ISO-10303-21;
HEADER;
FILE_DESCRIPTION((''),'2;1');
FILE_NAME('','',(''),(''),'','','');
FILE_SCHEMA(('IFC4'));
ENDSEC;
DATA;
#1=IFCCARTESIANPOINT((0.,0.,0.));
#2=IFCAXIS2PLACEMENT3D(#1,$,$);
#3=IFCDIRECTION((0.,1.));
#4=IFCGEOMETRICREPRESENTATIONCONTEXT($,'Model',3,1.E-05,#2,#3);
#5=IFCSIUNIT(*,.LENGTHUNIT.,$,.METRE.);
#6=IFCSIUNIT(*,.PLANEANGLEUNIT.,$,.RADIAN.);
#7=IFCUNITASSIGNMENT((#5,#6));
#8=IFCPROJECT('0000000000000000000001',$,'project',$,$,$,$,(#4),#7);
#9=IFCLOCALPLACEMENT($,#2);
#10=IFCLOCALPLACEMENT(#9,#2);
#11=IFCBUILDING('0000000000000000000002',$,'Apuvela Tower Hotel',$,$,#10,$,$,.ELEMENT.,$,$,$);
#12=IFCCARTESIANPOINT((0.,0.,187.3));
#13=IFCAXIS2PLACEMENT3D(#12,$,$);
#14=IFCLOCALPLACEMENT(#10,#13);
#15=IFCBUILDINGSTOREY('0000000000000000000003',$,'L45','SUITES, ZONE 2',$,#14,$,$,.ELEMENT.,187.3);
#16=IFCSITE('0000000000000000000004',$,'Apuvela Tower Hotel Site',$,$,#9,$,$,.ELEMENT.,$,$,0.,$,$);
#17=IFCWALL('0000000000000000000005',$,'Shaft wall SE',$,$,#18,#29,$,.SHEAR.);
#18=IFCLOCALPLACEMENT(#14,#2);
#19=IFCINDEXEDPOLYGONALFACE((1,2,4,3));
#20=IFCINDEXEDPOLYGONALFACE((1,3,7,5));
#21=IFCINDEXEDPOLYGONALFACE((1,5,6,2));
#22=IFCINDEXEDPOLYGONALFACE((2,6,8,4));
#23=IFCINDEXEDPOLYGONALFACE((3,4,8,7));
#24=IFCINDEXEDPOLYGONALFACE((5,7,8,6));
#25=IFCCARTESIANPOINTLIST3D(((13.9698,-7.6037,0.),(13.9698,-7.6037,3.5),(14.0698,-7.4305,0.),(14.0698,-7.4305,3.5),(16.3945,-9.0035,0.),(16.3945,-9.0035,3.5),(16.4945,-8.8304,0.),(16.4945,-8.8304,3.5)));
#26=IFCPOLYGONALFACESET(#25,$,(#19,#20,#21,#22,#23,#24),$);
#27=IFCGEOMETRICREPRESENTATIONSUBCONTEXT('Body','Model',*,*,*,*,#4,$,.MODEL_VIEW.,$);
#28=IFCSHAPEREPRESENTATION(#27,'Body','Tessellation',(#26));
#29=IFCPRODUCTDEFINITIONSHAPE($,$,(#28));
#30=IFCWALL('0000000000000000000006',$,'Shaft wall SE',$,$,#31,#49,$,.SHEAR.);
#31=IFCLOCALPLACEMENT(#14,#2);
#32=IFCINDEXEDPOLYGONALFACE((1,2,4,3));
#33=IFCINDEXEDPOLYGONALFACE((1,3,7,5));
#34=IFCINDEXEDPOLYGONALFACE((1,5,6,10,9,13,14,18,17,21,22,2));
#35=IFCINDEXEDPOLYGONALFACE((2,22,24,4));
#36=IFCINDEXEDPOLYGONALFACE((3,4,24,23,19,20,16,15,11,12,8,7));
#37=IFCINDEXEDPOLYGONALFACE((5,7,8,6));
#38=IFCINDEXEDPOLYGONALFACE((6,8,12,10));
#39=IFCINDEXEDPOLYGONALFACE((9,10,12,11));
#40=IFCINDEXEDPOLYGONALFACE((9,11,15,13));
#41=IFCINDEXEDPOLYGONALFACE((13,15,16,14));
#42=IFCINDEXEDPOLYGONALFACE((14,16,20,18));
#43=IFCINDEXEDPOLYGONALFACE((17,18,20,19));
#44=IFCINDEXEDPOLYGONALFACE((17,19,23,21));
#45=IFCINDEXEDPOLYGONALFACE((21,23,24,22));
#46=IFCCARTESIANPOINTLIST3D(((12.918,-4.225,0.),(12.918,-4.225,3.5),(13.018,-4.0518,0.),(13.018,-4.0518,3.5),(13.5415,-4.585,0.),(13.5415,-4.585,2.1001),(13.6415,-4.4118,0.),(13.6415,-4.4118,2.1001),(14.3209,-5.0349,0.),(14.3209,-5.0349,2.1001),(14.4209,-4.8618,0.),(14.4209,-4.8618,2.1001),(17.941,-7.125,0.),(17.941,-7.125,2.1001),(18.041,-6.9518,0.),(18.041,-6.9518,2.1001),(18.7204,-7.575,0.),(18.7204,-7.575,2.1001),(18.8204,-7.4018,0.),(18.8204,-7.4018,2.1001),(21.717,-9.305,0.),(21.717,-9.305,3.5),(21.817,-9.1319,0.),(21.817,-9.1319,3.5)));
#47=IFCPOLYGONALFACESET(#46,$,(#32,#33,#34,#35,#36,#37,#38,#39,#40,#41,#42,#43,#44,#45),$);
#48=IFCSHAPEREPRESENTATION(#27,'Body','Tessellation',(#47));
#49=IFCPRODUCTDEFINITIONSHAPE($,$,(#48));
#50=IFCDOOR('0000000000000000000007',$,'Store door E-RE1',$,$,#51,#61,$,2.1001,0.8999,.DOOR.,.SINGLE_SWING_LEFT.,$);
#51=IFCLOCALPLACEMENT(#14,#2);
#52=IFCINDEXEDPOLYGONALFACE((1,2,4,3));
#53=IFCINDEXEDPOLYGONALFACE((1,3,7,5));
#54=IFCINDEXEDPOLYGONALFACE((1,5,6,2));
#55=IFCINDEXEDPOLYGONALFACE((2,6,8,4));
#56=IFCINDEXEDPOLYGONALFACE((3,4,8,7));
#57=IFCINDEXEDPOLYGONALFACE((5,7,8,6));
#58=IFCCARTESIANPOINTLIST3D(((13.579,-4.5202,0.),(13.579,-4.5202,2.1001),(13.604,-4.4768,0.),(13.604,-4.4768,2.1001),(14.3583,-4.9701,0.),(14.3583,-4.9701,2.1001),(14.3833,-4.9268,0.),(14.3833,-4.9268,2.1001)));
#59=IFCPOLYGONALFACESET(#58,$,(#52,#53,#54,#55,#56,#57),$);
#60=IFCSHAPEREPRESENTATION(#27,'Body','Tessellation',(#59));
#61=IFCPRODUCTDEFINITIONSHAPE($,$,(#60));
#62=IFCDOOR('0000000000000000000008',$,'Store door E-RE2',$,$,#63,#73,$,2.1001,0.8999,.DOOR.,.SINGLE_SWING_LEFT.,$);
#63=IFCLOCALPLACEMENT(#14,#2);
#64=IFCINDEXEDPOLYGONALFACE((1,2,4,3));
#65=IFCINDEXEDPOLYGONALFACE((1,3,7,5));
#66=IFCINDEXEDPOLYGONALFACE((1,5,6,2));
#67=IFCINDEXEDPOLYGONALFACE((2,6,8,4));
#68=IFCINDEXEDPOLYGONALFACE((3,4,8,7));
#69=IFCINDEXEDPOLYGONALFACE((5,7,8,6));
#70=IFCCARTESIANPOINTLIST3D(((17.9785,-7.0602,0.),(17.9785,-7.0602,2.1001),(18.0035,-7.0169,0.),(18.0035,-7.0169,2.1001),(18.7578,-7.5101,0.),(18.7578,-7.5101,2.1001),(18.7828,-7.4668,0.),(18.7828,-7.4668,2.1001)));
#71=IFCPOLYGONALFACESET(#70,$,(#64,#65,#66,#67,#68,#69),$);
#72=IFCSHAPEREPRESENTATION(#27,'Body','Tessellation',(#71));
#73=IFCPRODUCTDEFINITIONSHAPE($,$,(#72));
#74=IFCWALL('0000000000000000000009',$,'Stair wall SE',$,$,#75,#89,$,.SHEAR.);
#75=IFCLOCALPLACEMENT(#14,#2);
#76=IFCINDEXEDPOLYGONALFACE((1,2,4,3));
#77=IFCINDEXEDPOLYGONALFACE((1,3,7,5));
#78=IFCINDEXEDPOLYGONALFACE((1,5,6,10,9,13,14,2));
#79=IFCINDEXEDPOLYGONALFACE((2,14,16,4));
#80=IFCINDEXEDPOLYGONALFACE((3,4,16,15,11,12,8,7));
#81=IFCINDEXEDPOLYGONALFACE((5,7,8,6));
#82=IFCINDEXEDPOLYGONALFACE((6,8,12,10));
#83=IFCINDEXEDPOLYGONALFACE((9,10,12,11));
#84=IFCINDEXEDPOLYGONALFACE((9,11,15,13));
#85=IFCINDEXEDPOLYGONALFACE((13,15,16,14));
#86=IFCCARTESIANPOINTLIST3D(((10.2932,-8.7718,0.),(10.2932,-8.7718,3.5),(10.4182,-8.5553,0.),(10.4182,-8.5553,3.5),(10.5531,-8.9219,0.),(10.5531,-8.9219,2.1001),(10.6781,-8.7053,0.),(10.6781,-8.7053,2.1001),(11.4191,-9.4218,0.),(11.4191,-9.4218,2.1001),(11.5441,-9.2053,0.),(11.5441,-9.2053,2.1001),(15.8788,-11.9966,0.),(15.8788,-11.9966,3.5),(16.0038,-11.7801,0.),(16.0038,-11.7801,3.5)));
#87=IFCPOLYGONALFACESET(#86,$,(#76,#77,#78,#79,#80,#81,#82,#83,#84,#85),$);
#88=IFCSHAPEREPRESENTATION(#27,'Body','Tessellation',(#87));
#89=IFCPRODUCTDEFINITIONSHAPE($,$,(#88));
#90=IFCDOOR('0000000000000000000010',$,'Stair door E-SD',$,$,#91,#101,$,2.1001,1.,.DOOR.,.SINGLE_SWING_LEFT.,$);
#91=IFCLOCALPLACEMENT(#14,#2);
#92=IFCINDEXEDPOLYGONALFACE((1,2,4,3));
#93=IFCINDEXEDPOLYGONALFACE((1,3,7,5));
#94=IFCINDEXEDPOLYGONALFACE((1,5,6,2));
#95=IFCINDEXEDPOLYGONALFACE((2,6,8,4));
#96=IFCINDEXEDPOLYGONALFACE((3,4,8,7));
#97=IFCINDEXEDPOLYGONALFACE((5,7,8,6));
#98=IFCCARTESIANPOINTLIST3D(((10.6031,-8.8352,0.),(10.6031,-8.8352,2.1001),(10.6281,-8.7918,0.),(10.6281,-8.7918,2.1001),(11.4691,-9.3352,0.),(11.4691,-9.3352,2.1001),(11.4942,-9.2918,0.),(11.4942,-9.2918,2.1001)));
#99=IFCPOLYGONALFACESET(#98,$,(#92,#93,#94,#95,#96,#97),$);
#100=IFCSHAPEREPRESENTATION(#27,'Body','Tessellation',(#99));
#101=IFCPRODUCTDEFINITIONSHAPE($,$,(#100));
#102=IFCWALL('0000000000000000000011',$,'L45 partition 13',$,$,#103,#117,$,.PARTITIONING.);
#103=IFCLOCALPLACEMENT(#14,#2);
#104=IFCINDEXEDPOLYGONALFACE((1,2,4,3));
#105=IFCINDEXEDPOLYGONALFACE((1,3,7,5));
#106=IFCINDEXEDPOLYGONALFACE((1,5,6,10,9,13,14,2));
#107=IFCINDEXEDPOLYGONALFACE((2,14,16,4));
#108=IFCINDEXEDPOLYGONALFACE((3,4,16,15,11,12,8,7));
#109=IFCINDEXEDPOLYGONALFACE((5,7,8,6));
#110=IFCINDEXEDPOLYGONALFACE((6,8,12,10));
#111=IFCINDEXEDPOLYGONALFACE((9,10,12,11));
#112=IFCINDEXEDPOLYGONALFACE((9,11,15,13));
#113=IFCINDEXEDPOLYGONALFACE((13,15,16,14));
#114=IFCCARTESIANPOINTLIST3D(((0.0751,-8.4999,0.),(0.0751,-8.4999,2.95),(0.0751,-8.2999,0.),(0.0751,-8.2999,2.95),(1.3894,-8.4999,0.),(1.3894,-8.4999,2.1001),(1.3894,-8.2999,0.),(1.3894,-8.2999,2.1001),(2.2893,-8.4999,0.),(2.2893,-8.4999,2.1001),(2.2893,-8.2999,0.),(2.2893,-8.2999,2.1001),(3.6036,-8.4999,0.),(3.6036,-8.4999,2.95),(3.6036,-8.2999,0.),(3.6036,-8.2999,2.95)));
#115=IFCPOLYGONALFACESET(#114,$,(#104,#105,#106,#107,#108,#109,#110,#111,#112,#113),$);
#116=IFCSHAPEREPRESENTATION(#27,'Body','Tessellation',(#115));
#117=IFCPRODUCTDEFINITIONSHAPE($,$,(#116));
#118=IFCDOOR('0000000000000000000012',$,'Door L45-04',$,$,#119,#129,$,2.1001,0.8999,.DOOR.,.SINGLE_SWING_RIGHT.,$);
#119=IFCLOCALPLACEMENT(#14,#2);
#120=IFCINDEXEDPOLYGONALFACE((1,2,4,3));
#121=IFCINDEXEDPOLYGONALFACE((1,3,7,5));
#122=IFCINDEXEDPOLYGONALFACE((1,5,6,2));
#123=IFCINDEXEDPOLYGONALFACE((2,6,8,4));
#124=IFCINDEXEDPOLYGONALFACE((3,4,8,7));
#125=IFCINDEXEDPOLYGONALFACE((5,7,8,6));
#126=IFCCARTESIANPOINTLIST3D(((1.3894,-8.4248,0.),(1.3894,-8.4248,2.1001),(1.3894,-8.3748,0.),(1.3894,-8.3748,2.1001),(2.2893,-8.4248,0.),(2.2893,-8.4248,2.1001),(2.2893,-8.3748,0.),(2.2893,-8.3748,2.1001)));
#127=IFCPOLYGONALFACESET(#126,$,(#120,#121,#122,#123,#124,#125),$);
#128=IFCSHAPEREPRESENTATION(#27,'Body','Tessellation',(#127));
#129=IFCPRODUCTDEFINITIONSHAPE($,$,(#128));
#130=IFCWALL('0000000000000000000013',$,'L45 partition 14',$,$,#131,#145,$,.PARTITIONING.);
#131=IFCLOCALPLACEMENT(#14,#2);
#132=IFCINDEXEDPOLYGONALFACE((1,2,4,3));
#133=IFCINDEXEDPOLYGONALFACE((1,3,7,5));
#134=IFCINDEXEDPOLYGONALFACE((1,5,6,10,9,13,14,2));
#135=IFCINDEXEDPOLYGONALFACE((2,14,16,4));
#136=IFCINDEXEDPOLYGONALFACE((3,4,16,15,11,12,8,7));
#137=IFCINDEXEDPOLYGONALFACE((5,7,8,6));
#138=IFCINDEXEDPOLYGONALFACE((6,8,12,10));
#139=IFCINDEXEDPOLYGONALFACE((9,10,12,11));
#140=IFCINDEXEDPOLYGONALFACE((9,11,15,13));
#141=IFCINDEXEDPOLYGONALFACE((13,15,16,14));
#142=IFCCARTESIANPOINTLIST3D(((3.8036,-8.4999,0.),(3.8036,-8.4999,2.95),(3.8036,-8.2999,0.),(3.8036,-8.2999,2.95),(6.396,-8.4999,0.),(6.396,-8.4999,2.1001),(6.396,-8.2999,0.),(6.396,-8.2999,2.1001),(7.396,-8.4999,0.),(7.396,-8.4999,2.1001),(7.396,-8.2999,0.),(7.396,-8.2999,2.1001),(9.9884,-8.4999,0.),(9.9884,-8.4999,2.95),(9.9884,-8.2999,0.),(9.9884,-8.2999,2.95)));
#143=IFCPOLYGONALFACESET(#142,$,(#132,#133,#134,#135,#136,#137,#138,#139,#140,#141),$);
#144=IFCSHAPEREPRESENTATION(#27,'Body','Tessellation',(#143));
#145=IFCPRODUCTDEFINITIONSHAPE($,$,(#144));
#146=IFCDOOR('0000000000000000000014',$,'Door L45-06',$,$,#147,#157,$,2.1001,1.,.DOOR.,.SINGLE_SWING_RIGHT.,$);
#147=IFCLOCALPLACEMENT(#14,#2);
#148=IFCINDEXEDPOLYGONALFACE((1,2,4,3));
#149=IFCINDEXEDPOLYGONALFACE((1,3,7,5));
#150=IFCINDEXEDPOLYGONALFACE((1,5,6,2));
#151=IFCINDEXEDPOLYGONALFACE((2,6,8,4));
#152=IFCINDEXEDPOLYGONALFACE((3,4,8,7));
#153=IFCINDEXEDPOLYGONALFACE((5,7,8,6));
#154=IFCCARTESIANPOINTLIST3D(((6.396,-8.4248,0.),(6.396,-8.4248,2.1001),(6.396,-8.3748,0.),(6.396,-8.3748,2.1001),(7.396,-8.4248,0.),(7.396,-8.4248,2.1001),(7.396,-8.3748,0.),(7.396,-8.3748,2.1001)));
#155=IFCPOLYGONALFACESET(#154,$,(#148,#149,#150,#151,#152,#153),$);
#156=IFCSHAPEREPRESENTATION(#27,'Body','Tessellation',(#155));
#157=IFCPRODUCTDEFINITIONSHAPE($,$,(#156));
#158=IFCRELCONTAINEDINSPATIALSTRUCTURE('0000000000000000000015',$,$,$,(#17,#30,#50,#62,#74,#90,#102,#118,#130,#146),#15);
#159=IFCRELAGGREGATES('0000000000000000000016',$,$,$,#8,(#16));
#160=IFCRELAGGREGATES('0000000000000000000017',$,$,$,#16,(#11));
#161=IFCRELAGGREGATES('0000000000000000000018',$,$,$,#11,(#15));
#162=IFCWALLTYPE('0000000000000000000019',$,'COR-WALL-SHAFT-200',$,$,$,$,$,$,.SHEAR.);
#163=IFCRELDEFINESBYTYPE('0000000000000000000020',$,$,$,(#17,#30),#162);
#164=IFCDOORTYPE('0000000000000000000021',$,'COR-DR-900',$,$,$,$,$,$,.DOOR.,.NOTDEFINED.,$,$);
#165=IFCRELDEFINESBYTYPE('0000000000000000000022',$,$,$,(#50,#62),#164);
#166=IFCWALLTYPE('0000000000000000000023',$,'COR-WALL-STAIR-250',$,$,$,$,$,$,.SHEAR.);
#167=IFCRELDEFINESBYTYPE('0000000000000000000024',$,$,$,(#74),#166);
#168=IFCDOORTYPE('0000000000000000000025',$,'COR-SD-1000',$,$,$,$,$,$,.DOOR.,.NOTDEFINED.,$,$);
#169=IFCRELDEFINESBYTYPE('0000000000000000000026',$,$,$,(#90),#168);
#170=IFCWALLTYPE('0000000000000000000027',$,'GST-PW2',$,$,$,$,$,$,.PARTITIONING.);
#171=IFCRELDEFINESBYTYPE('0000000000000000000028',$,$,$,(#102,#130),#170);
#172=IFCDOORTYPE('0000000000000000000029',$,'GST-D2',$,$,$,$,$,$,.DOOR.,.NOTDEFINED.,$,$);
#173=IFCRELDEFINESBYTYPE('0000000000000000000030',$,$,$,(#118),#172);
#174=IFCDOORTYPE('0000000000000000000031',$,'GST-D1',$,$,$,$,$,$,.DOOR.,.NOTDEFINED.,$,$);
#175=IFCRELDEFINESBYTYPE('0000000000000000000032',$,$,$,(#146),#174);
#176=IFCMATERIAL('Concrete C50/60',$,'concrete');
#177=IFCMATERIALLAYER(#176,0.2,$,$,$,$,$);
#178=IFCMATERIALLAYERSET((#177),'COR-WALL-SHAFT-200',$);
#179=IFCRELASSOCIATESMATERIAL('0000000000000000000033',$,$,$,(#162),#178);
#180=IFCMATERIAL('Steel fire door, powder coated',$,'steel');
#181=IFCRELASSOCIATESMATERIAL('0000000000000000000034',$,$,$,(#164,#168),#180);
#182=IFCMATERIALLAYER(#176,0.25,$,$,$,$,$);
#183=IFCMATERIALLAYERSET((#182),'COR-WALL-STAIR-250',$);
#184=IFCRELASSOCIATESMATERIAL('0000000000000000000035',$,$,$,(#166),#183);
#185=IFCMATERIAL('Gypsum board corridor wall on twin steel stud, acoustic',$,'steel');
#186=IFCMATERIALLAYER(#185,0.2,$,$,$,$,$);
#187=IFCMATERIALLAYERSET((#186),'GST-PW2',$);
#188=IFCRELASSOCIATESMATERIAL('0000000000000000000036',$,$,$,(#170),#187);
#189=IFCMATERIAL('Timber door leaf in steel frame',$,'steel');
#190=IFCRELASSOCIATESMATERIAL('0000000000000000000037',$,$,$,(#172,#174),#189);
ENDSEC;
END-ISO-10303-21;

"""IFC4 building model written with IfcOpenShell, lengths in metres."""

from ifc_helpers import new_model, si_unit, direction, frame, frame_2d, origin, place, context, subcontext, project, spatial, rectangle, extrude, material, layer, layer_set, type_object, element, fill, save


model = new_model("IFC4")

# Units and contexts
model_context = context("Model", 3, precision=1e-05, world=origin(), true_north=direction((0.0, 1.0)))
body_context = subcontext(model_context, "Body", "Model", "MODEL_VIEW")
ifc_project = project(units=[si_unit("LENGTHUNIT", "METRE"), si_unit("PLANEANGLEUNIT", "RADIAN")], contexts=[model_context])

# Site, building, storey
site_placement = place(None, origin())
site = spatial("IfcSite", under=ifc_project, at=site_placement, Name="Apuvela Tower Hotel Site", CompositionType="ELEMENT", RefElevation=0.0)
building_placement = place(site_placement, origin())
building = spatial("IfcBuilding", under=site, at=building_placement, Name="Apuvela Tower Hotel", CompositionType="ELEMENT")
storey_placement = place(building_placement, frame((0.0, 0.0, 187.3)))
storey = spatial("IfcBuildingStorey", under=building, at=storey_placement, Name="L45", Description="SUITES, ZONE 2", CompositionType="ELEMENT", Elevation=187.3)

# Shared definitions
ifc_material_1 = material(Name="Concrete C50/60", Category="concrete")
ifc_material_2 = material(Name="Steel fire door, powder coated", Category="steel")

# Shared definitions
ifc_layer_1 = layer(ifc_material_1, 0.2)
ifc_layer_set_1 = layer_set([ifc_layer_1], Name="COR-WALL-SHAFT-200")
wall_type_1 = type_object("IfcWallType", Name="COR-WALL-SHAFT-200", PredefinedType="SHEAR", material=ifc_layer_set_1)

# Wall
wall_1_placement = place(storey_placement, frame((14.0198, -7.5171, 0.0), z_axis=(0.0, 0.0, 1.0), x_axis=(0.866035, -0.499984, 0.0)))
element("IfcWall", 1, at=wall_1_placement, inside=storey, type_object=wall_type_1, Name="Shaft wall SE", PredefinedType="SHEAR", context=body_context, shape_type="SweptSolid", body=[
    extrude(rectangle(XDim=2.7998, YDim=0.2, at=frame_2d((1.3999, 0.0))), origin(), (0.0, 0.0, 1.0), 3.5),
])

# Wall, openings, doors
wall_2_placement = place(storey_placement, frame((12.968, -4.1384, 0.0), z_axis=(0.0, 0.0, 1.0), x_axis=(0.866028, -0.499995, 0.0)))
wall_2 = element("IfcWall", 2, at=wall_2_placement, inside=storey, type_object=wall_type_1, Name="Shaft wall SE", PredefinedType="SHEAR", context=body_context, shape_type="SweptSolid", body=[
    extrude(rectangle(XDim=10.1602, YDim=0.2, at=frame_2d((5.0801, 0.0))), origin(), (0.0, 0.0, 1.0), 3.5),
])
opening_1_placement = place(wall_2_placement, frame((0.72, 0.0, 0.0)))
opening_1 = element("IfcOpeningElement", 3, at=opening_1_placement, cuts=wall_2, PredefinedType="OPENING", context=body_context, shape_type="SweptSolid", body=[
    extrude(rectangle(XDim=0.8999, YDim=2.1001, at=frame_2d((0.45, 1.05))), frame((0.0, 0.1099, 0.0), z_axis=(0.0, -1.0, 0.0), x_axis=(1.0, 0.0, 0.0)), (0.0, 0.0, 1.0), 0.22),
])
opening_2_placement = place(wall_2_placement, frame((5.8, 0.0, 0.0)))
opening_2 = element("IfcOpeningElement", 4, at=opening_2_placement, cuts=wall_2, PredefinedType="OPENING", context=body_context, shape_type="SweptSolid", body=[
    extrude(rectangle(XDim=0.8999, YDim=2.1001, at=frame_2d((0.45, 1.05))), frame((0.0, 0.1099, 0.0), z_axis=(0.0, -1.0, 0.0), x_axis=(1.0, 0.0, 0.0)), (0.0, 0.0, 1.0), 0.22),
])
door_type_1 = type_object("IfcDoorType", Name="COR-DR-900", OperationType="NOTDEFINED", PredefinedType="DOOR", material=ifc_material_2)
door_1_placement = place(opening_1_placement, origin())
door_1 = element("IfcDoor", 5, at=door_1_placement, inside=storey, type_object=door_type_1, Name="Store door E-RE1", OperationType="SINGLE_SWING_LEFT", OverallHeight=2.1001, OverallWidth=0.8999, PredefinedType="DOOR", context=body_context, shape_type="SweptSolid", body=[
    extrude(rectangle(XDim=0.8999, YDim=2.1001, at=frame_2d((0.45, 1.05))), frame((0.0, 0.0249, 0.0), z_axis=(0.0, -1.0, 0.0), x_axis=(1.0, 0.0, 0.0)), (0.0, 0.0, 1.0), 0.05),
])
fill(opening_1, door_1)
door_2_placement = place(opening_2_placement, origin())
door_2 = element("IfcDoor", 6, at=door_2_placement, inside=storey, type_object=door_type_1, Name="Store door E-RE2", OperationType="SINGLE_SWING_LEFT", OverallHeight=2.1001, OverallWidth=0.8999, PredefinedType="DOOR", context=body_context, shape_type="SweptSolid", body=[
    extrude(rectangle(XDim=0.8999, YDim=2.1001, at=frame_2d((0.45, 1.05))), frame((0.0, 0.0249, 0.0), z_axis=(0.0, -1.0, 0.0), x_axis=(1.0, 0.0, 0.0)), (0.0, 0.0, 1.0), 0.05),
])
fill(opening_2, door_2)

# Walls, openings, doors
ifc_layer_2 = layer(ifc_material_1, 0.25)
ifc_layer_set_2 = layer_set([ifc_layer_2], Name="COR-WALL-STAIR-250")
wall_type_2 = type_object("IfcWallType", Name="COR-WALL-STAIR-250", PredefinedType="SHEAR", material=ifc_layer_set_2)
wall_3_placement = place(storey_placement, frame((10.3557, -8.6636, 0.0), z_axis=(0.0, 0.0, 1.0), x_axis=(0.866029, -0.499994, 0.0)))
wall_3 = element("IfcWall", 7, at=wall_3_placement, inside=storey, type_object=wall_type_2, Name="Stair wall SE", PredefinedType="SHEAR", context=body_context, shape_type="SweptSolid", body=[
    extrude(rectangle(XDim=6.4497, YDim=0.25, at=frame_2d((3.2249, 0.0))), origin(), (0.0, 0.0, 1.0), 3.5),
])
opening_3_placement = place(wall_3_placement, frame((0.3, 0.0, 0.0)))
opening_3 = element("IfcOpeningElement", 8, at=opening_3_placement, cuts=wall_3, PredefinedType="OPENING", context=body_context, shape_type="SweptSolid", body=[
    extrude(rectangle(XDim=1.0, YDim=2.1001, at=frame_2d((0.5, 1.05))), frame((0.0, 0.135, 0.0), z_axis=(0.0, -1.0, 0.0), x_axis=(1.0, 0.0, 0.0)), (0.0, 0.0, 1.0), 0.27),
])
door_type_2 = type_object("IfcDoorType", Name="COR-SD-1000", OperationType="NOTDEFINED", PredefinedType="DOOR", material=ifc_material_2)
door_3_placement = place(opening_3_placement, frame((1.0, 0.0, 0.0), z_axis=(0.0, 0.0, 1.0), x_axis=(-1.0, 0.0, 0.0)))
door_3 = element("IfcDoor", 9, at=door_3_placement, inside=storey, type_object=door_type_2, Name="Stair door E-SD", OperationType="SINGLE_SWING_LEFT", OverallHeight=2.1001, OverallWidth=1.0, PredefinedType="DOOR", context=body_context, shape_type="SweptSolid", body=[
    extrude(rectangle(XDim=1.0, YDim=2.1001, at=frame_2d((0.5, 1.05))), frame((0.0, 0.0249, 0.0), z_axis=(0.0, -1.0, 0.0), x_axis=(1.0, 0.0, 0.0)), (0.0, 0.0, 1.0), 0.05),
])
fill(opening_3, door_3)
ifc_material_3 = material(Name="Gypsum board corridor wall on twin steel stud, acoustic", Category="steel")
ifc_layer_3 = layer(ifc_material_3, 0.2)
ifc_layer_set_3 = layer_set([ifc_layer_3], Name="GST-PW2")
wall_type_3 = type_object("IfcWallType", Name="GST-PW2", PredefinedType="PARTITIONING", material=ifc_layer_set_3)
wall_4_placement = place(storey_placement, frame((3.6035, -8.3999, 0.0), z_axis=(0.0, 0.0, 1.0), x_axis=(-1.0, 0.0, 0.0)))
wall_4 = element("IfcWall", 10, at=wall_4_placement, inside=storey, type_object=wall_type_3, Name="L45 partition 13", PredefinedType="PARTITIONING", context=body_context, shape_type="SweptSolid", body=[
    extrude(rectangle(XDim=3.5286, YDim=0.2, at=frame_2d((1.7642, 0.0))), origin(), (0.0, 0.0, 1.0), 2.95),
])
opening_4_placement = place(wall_4_placement, frame((1.3142, 0.0, 0.0)))
opening_4 = element("IfcOpeningElement", 11, at=opening_4_placement, cuts=wall_4, PredefinedType="OPENING", context=body_context, shape_type="SweptSolid", body=[
    extrude(rectangle(XDim=0.8999, YDim=2.1001, at=frame_2d((0.45, 1.05))), frame((0.0, 0.1099, 0.0), z_axis=(0.0, -1.0, 0.0), x_axis=(1.0, 0.0, 0.0)), (0.0, 0.0, 1.0), 0.22),
])
ifc_material_4 = material(Name="Timber door leaf in steel frame", Category="steel")
door_type_3 = type_object("IfcDoorType", Name="GST-D2", OperationType="NOTDEFINED", PredefinedType="DOOR", material=ifc_material_4)
door_4_placement = place(opening_4_placement, origin())
door_4 = element("IfcDoor", 12, at=door_4_placement, inside=storey, type_object=door_type_3, Name="Door L45-04", OperationType="SINGLE_SWING_RIGHT", OverallHeight=2.1001, OverallWidth=0.8999, PredefinedType="DOOR", context=body_context, shape_type="SweptSolid", body=[
    extrude(rectangle(XDim=0.8999, YDim=2.1001, at=frame_2d((0.45, 1.05))), frame((0.0, 0.0249, 0.0), z_axis=(0.0, -1.0, 0.0), x_axis=(1.0, 0.0, 0.0)), (0.0, 0.0, 1.0), 0.05),
])
fill(opening_4, door_4)
wall_5_placement = place(storey_placement, frame((9.9883, -8.3999, 0.0), z_axis=(0.0, 0.0, 1.0), x_axis=(-1.0, 0.0, 0.0)))
wall_5 = element("IfcWall", 13, at=wall_5_placement, inside=storey, type_object=wall_type_3, Name="L45 partition 14", PredefinedType="PARTITIONING", context=body_context, shape_type="SweptSolid", body=[
    extrude(rectangle(XDim=6.1848, YDim=0.2, at=frame_2d((3.0923, 0.0))), origin(), (0.0, 0.0, 1.0), 2.95),
])
opening_5_placement = place(wall_5_placement, frame((2.5923, 0.0, 0.0)))
opening_5 = element("IfcOpeningElement", 14, at=opening_5_placement, cuts=wall_5, PredefinedType="OPENING", context=body_context, shape_type="SweptSolid", body=[
    extrude(rectangle(XDim=1.0, YDim=2.1001, at=frame_2d((0.5, 1.05))), frame((0.0, 0.1099, 0.0), z_axis=(0.0, -1.0, 0.0), x_axis=(1.0, 0.0, 0.0)), (0.0, 0.0, 1.0), 0.22),
])
door_type_4 = type_object("IfcDoorType", Name="GST-D1", OperationType="NOTDEFINED", PredefinedType="DOOR", material=ifc_material_4)
door_5_placement = place(opening_5_placement, origin())
door_5 = element("IfcDoor", 15, at=door_5_placement, inside=storey, type_object=door_type_4, Name="Door L45-06", OperationType="SINGLE_SWING_RIGHT", OverallHeight=2.1001, OverallWidth=1.0, PredefinedType="DOOR", context=body_context, shape_type="SweptSolid", body=[
    extrude(rectangle(XDim=1.0, YDim=2.1001, at=frame_2d((0.5, 1.05))), frame((0.0, 0.0249, 0.0), z_axis=(0.0, -1.0, 0.0), x_axis=(1.0, 0.0, 0.0)), (0.0, 0.0, 1.0), 0.05),
])
fill(opening_5, door_5)

save(model, "model.ifc")
